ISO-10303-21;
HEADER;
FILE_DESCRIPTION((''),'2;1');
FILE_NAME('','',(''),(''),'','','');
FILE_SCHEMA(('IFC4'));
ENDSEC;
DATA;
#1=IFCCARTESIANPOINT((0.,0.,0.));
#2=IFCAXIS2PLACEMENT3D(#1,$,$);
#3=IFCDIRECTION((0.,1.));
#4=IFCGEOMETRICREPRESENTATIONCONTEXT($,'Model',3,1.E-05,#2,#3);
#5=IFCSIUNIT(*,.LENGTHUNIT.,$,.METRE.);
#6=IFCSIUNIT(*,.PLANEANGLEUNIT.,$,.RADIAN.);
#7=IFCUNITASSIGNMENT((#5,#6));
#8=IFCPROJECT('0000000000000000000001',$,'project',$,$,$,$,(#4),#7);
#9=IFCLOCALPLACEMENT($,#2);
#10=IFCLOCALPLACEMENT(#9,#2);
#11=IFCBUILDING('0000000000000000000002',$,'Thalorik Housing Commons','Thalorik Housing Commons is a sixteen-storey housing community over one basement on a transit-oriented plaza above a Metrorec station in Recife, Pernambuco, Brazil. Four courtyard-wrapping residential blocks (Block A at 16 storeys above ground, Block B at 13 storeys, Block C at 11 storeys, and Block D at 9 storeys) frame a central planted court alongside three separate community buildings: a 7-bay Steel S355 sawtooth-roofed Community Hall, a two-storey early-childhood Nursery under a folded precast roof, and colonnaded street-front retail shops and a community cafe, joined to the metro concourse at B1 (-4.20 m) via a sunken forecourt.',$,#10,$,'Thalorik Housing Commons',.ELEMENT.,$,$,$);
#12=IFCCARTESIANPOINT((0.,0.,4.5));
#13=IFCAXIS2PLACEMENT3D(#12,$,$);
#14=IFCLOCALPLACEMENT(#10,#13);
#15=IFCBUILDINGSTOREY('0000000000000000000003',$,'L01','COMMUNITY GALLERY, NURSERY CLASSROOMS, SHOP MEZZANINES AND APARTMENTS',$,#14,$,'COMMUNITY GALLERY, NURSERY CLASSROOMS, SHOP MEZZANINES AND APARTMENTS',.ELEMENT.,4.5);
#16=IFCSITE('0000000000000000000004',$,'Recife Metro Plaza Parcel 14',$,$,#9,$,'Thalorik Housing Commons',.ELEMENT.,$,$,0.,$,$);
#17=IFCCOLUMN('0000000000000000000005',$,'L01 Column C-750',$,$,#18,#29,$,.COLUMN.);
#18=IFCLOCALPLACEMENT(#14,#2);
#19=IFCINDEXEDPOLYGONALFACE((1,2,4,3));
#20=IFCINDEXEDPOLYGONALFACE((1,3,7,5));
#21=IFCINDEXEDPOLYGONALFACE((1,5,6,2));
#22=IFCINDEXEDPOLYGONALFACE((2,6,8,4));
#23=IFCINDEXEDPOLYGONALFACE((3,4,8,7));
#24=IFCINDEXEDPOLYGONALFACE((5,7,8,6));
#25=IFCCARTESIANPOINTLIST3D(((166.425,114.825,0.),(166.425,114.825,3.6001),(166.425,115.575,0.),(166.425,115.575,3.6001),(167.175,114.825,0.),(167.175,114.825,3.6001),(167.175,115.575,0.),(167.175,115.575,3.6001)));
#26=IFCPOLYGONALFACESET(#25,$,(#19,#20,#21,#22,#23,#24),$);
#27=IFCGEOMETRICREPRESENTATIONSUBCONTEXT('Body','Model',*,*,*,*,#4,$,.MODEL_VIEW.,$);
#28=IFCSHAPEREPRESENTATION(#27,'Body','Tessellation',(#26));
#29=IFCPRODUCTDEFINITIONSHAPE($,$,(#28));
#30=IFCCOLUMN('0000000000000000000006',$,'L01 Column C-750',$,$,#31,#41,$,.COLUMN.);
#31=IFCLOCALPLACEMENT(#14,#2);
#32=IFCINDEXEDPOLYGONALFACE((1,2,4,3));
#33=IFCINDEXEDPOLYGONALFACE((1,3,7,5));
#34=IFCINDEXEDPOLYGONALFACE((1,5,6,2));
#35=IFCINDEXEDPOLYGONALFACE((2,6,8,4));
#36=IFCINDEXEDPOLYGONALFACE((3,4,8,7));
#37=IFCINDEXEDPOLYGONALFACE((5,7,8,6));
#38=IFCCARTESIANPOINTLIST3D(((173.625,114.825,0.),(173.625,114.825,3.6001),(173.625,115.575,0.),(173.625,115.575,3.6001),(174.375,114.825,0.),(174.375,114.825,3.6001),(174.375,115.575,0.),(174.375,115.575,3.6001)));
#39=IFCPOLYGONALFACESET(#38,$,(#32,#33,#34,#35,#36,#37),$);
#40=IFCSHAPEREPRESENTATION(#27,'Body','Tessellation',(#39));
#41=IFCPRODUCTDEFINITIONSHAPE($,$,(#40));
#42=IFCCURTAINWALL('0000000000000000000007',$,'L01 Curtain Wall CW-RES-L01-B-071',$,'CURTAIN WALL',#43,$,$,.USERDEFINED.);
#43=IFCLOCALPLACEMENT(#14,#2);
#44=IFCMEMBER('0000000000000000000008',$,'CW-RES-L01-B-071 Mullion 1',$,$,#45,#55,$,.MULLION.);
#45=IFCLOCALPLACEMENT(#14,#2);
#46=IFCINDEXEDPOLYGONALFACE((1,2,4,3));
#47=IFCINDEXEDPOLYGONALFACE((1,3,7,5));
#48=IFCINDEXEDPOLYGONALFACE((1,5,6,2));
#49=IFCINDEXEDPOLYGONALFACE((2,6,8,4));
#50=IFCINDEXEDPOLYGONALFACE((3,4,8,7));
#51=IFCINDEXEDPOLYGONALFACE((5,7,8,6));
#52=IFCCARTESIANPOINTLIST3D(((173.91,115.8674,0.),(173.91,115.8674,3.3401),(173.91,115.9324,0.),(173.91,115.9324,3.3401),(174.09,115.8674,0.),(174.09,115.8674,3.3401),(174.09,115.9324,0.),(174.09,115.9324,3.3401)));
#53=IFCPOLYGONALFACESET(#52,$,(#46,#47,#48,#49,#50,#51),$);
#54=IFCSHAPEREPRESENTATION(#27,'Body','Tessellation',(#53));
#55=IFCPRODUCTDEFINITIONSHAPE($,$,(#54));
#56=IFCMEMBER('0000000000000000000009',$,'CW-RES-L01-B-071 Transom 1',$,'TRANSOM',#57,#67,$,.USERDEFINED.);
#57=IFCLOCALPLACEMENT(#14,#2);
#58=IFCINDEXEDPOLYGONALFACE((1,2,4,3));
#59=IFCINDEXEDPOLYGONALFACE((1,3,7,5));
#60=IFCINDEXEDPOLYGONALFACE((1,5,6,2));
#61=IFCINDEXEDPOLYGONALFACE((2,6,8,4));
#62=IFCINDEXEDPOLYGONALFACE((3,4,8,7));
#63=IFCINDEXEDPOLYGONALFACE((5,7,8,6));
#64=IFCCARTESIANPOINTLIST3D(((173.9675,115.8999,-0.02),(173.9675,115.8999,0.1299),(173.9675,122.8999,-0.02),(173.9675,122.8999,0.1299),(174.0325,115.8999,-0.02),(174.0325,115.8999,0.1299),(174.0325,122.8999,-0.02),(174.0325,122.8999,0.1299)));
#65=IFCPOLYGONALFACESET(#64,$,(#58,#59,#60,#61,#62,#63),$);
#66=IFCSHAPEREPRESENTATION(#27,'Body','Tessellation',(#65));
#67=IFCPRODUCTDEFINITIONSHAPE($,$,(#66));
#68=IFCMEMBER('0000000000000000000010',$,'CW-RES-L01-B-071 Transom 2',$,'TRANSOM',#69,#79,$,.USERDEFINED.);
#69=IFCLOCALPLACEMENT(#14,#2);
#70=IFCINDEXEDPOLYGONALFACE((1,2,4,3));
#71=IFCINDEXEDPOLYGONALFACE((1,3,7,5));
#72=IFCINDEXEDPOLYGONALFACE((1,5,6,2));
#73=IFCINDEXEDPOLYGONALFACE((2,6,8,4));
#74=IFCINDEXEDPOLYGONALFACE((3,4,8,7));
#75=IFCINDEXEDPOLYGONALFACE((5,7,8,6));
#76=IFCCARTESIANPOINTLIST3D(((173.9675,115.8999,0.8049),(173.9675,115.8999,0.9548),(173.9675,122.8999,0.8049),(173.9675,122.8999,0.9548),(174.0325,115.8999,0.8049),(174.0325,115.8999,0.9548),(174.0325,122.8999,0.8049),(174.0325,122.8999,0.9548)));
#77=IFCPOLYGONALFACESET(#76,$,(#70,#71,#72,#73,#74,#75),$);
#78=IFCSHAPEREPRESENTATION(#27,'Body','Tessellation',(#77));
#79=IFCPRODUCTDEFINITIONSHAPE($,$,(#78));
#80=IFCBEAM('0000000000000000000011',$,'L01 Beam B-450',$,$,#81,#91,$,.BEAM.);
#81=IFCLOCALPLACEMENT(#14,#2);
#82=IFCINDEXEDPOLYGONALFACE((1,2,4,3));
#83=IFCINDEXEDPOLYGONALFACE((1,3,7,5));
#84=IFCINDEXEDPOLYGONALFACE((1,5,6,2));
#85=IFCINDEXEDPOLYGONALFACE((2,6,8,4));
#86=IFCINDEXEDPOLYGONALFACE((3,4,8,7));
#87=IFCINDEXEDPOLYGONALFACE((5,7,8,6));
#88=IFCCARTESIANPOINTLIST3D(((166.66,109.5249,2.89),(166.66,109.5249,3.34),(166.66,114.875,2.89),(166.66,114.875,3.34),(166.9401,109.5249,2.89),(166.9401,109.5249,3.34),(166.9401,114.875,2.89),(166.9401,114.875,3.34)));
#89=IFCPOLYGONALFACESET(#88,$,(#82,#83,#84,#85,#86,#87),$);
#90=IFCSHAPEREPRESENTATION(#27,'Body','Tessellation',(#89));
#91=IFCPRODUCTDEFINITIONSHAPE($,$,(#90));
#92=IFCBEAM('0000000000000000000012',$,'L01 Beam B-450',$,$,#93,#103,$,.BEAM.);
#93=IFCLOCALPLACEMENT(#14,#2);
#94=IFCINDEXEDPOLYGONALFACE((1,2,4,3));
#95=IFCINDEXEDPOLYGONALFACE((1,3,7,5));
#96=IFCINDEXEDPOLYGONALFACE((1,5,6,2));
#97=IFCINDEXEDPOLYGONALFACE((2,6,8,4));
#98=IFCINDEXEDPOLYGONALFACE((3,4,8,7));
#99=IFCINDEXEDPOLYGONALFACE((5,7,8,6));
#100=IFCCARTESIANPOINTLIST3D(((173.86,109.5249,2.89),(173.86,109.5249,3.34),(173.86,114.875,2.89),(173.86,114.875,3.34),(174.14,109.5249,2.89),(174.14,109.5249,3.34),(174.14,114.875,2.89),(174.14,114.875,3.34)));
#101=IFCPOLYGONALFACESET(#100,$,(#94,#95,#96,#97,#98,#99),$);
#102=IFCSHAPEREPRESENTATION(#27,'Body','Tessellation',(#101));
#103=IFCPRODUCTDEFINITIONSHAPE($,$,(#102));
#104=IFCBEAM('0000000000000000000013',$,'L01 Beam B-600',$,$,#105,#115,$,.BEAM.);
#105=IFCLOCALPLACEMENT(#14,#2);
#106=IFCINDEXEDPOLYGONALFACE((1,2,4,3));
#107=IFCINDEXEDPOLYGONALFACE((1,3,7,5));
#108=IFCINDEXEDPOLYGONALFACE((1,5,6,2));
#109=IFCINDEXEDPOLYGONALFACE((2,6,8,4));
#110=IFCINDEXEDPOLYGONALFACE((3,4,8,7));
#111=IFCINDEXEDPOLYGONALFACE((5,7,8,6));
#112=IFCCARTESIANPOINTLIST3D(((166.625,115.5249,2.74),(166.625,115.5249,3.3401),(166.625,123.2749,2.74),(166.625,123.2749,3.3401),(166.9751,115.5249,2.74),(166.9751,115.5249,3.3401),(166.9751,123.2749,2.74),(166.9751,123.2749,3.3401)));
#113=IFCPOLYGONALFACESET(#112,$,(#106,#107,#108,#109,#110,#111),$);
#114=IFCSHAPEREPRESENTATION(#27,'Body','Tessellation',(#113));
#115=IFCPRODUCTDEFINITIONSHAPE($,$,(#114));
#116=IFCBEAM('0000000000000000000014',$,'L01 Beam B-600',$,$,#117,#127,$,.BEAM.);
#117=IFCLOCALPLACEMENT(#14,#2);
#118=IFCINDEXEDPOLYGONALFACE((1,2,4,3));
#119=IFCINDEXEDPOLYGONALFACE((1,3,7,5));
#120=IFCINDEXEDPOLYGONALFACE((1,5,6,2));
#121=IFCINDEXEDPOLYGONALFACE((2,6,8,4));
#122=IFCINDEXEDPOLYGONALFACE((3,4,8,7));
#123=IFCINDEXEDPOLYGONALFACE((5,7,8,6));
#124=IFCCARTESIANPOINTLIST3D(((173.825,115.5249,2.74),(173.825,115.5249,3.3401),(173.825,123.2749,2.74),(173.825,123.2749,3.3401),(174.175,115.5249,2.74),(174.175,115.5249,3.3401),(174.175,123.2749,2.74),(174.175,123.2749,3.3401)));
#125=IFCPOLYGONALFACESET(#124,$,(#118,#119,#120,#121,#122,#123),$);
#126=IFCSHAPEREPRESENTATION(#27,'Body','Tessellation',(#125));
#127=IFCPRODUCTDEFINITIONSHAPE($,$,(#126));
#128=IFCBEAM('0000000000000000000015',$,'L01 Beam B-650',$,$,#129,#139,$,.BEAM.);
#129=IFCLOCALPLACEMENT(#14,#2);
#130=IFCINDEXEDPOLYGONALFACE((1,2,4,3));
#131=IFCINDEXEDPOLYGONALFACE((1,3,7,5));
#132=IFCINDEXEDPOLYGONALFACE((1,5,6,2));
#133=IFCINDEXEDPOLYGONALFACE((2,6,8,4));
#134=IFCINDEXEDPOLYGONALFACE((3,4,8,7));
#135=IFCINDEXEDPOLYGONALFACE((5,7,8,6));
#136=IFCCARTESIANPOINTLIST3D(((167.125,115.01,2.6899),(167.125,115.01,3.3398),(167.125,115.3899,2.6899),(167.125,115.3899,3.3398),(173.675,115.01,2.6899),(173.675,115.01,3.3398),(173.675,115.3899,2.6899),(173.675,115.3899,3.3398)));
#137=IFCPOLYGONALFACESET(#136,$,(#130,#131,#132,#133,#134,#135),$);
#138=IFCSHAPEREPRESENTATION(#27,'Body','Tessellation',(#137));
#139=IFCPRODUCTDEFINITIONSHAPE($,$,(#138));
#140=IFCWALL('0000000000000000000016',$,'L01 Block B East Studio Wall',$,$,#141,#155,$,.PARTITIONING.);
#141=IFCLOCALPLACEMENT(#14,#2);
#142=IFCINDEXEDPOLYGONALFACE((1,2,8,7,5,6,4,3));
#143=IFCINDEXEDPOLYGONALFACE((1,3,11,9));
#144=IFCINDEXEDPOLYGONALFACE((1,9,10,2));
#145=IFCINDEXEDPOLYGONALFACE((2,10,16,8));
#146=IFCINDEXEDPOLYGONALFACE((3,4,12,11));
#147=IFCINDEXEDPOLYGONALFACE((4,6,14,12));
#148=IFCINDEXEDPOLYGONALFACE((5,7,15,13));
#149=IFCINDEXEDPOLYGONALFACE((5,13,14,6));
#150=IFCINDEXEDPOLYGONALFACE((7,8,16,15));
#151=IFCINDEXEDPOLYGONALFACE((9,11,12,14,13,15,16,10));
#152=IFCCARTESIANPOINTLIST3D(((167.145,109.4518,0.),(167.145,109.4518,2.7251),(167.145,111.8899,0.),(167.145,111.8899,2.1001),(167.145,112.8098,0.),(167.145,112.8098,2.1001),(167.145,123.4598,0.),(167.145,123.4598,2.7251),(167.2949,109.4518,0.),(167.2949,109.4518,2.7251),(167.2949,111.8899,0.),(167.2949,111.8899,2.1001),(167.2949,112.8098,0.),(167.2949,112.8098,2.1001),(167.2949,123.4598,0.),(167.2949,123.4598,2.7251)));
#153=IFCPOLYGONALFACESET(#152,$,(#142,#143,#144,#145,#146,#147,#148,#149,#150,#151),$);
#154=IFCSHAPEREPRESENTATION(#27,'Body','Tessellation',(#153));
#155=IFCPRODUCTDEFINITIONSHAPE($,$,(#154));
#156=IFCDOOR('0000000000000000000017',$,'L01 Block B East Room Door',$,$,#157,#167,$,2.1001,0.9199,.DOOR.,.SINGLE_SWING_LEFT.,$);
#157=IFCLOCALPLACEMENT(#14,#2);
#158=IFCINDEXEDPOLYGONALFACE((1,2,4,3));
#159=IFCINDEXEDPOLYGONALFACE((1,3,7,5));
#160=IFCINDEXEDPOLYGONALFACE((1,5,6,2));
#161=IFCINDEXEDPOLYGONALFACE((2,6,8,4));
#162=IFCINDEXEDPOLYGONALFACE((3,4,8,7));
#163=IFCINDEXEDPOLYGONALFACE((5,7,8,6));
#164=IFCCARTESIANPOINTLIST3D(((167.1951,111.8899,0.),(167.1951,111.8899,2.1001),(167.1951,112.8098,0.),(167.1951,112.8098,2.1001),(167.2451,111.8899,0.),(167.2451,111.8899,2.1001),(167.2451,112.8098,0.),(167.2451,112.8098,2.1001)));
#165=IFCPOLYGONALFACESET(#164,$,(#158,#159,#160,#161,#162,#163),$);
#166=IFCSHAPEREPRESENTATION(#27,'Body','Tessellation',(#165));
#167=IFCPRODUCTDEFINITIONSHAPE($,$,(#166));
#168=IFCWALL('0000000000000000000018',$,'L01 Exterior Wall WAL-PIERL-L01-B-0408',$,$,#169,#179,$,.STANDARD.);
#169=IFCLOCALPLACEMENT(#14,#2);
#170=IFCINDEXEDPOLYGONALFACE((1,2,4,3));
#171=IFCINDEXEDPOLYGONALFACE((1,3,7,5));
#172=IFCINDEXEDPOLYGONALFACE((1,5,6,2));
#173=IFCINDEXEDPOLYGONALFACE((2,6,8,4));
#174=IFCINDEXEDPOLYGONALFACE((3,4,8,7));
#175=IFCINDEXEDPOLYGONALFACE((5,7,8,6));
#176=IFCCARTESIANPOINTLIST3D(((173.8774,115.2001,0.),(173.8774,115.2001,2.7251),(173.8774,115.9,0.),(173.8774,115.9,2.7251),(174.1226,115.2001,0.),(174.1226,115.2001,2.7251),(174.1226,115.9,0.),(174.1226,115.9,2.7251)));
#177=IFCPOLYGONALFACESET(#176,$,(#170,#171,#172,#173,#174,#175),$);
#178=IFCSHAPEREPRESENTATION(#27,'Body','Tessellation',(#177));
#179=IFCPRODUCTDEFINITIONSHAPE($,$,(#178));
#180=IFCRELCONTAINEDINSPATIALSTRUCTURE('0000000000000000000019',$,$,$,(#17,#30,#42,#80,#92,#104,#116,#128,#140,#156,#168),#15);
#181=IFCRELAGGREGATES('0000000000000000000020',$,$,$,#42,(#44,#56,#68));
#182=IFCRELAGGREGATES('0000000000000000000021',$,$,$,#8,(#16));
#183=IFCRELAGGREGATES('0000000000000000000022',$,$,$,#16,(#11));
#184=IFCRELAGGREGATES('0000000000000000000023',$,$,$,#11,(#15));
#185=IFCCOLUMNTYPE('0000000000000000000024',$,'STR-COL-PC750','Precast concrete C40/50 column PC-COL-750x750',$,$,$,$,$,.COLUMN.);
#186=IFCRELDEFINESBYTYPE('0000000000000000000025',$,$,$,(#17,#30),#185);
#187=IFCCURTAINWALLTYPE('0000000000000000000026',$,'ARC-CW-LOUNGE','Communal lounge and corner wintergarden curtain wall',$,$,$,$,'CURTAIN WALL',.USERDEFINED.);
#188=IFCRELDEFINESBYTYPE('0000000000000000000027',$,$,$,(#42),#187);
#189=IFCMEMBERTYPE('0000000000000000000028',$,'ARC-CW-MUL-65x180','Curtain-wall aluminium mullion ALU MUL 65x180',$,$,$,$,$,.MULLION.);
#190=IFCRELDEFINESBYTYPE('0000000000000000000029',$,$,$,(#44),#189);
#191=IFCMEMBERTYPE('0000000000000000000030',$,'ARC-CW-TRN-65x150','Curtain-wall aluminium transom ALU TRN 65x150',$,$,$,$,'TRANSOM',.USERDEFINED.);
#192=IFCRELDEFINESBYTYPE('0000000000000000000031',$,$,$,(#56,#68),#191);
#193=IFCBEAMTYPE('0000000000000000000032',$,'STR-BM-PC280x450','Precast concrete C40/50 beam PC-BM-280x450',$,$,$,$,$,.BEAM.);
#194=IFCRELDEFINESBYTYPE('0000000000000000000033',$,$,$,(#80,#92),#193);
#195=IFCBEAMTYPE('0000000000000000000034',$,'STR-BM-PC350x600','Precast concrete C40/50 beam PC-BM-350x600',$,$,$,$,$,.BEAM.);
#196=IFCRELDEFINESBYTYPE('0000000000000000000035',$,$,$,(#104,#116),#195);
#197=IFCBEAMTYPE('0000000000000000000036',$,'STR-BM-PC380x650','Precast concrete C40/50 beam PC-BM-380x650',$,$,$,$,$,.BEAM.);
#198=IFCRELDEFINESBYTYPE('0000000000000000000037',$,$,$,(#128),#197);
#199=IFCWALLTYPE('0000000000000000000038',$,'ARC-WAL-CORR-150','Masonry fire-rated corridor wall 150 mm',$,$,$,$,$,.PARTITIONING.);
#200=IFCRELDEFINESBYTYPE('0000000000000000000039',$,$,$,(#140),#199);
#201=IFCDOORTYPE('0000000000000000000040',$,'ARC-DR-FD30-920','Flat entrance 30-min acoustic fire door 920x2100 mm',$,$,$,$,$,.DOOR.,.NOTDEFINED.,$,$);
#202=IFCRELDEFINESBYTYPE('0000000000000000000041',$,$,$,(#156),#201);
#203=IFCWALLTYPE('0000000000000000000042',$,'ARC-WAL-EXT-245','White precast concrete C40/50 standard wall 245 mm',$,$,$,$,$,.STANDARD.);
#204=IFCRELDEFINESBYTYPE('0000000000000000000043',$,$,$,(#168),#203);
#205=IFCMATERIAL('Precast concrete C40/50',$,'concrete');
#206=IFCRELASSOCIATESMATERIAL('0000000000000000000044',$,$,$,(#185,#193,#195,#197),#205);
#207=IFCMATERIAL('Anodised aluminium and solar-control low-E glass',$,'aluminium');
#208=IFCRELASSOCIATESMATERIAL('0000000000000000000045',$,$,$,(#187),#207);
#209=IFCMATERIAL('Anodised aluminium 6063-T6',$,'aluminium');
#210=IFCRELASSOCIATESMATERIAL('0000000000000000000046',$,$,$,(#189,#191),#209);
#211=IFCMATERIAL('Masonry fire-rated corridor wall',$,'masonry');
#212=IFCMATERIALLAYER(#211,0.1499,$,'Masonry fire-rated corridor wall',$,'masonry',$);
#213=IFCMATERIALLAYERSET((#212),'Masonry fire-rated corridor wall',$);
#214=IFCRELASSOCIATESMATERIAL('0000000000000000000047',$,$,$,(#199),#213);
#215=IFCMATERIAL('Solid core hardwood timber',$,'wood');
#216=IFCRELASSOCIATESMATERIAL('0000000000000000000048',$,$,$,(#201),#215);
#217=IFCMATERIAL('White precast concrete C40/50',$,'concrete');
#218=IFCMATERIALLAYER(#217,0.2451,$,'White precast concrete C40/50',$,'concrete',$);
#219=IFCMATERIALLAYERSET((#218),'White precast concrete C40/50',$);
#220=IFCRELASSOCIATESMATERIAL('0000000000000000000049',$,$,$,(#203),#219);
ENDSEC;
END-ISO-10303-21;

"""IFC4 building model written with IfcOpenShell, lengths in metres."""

from ifc_helpers import new_model, si_unit, direction, frame, frame_2d, origin, origin_2d, place, context, subcontext, project, spatial, rectangle, extrude, material, layer, layer_set, material_profile, profile_set, type_object, element, fill, aggregate, save


model = new_model("IFC4")

# Units and contexts
model_context = context("Model", 3, precision=1e-05, world=origin(), true_north=direction((0.0, 1.0)))
body_context = subcontext(model_context, "Body", "Model", "MODEL_VIEW")
ifc_project = project(units=[si_unit("LENGTHUNIT", "METRE"), si_unit("PLANEANGLEUNIT", "RADIAN")], contexts=[model_context])

# Site, building, storey
site_placement = place(None, origin())
site = spatial("IfcSite", under=ifc_project, at=site_placement, Name="Recife Metro Plaza Parcel 14", LongName="Thalorik Housing Commons", CompositionType="ELEMENT", RefElevation=0.0)
building_placement = place(site_placement, origin())
building = spatial("IfcBuilding", under=site, at=building_placement, Name="Thalorik Housing Commons", Description="Thalorik Housing Commons is a sixteen-storey housing community over one basement on a transit-oriented plaza above a Metrorec station in Recife, Pernambuco, Brazil. Four courtyard-wrapping residential blocks (Block A at 16 storeys above ground, Block B at 13 storeys, Block C at 11 storeys, and Block D at 9 storeys) frame a central planted court alongside three separate community buildings: a 7-bay Steel S355 sawtooth-roofed Community Hall, a two-storey early-childhood Nursery under a folded precast roof, and colonnaded street-front retail shops and a community cafe, joined to the metro concourse at B1 (-4.20 m) via a sunken forecourt.", LongName="Thalorik Housing Commons", CompositionType="ELEMENT")
storey_placement = place(building_placement, frame((0.0, 0.0, 4.5)))
storey = spatial("IfcBuildingStorey", under=building, at=storey_placement, Name="L01", Description="COMMUNITY GALLERY, NURSERY CLASSROOMS, SHOP MEZZANINES AND APARTMENTS", LongName="COMMUNITY GALLERY, NURSERY CLASSROOMS, SHOP MEZZANINES AND APARTMENTS", CompositionType="ELEMENT", Elevation=4.5)

# Columns
ifc_material_1 = material(Name="Precast concrete C40/50", Category="concrete")
ifc_material_profile_1 = material_profile(ifc_material_1, rectangle(XDim=0.75, YDim=0.75, at=origin_2d()), Name="PC 750x750", Category="concrete")
ifc_profile_set_1 = profile_set([ifc_material_profile_1], Name="Precast concrete C40/50")
column_type = type_object("IfcColumnType", Name="STR-COL-PC750", Description="Precast concrete C40/50 column PC-COL-750x750", PredefinedType="COLUMN", material=ifc_profile_set_1)
for number, where, z_axis, x_axis, name in (
    (1, (166.8, 115.2, 0.0), (0.0, 0.0, 1.0), (1.0, 0.0, 0.0), "L01 Column C-750"),
    (2, (174.0, 115.2, 0.0), (0.0, 0.0, 1.0), (1.0, 0.0, 0.0), "L01 Column C-750"),
):
    element("IfcColumn", number, at=place(storey_placement, frame(where, z_axis=z_axis, x_axis=x_axis)), inside=storey, type_object=column_type, Name=name, PredefinedType="COLUMN", context=body_context, shape_type="SweptSolid", body=[
        extrude(rectangle(XDim=0.75, YDim=0.75, at=origin_2d()), origin(), (0.0, 0.0, 1.0), 3.6001),
    ])

# Curtain wall, members
ifc_material_2 = material(Name="Anodised aluminium and solar-control low-E glass", Category="aluminium")
curtain_wall_type = type_object("IfcCurtainWallType", Name="ARC-CW-LOUNGE", Description="Communal lounge and corner wintergarden curtain wall", ElementType="CURTAIN WALL", PredefinedType="USERDEFINED", material=ifc_material_2)
curtain_wall_placement = place(storey_placement, origin())
curtain_wall = element("IfcCurtainWall", 3, at=curtain_wall_placement, inside=storey, type_object=curtain_wall_type, Name="L01 Curtain Wall CW-RES-L01-B-071", ObjectType="CURTAIN WALL", PredefinedType="USERDEFINED")
ifc_material_3 = material(Name="Anodised aluminium 6063-T6", Category="aluminium")
ifc_material_profile_2 = material_profile(ifc_material_3, rectangle(XDim=0.0649, YDim=0.1799, at=origin_2d()), Name="ALU MUL 65x180", Category="aluminium")
ifc_profile_set_2 = profile_set([ifc_material_profile_2], Name="Anodised aluminium 6063-T6")
member_type_1 = type_object("IfcMemberType", Name="ARC-CW-MUL-65x180", Description="Curtain-wall aluminium mullion ALU MUL 65x180", PredefinedType="MULLION", material=ifc_profile_set_2)
member_1_placement = place(storey_placement, frame((174.0, 115.8999, 0.0), z_axis=(0.0, 0.0, 1.0), x_axis=(0.0, 1.0, 0.0)))
member_1 = element("IfcMember", 4, at=member_1_placement, type_object=member_type_1, Name="CW-RES-L01-B-071 Mullion 1", PredefinedType="MULLION", context=body_context, shape_type="SweptSolid", body=[
    extrude(rectangle(XDim=0.0649, YDim=0.1799, at=origin_2d()), origin(), (0.0, 0.0, 1.0), 3.3401),
])
ifc_material_profile_3 = material_profile(ifc_material_3, rectangle(XDim=0.0649, YDim=0.1499, at=origin_2d()), Name="ALU TRN 65x150", Category="aluminium")
ifc_profile_set_3 = profile_set([ifc_material_profile_3], Name="Anodised aluminium 6063-T6")
member_type_2 = type_object("IfcMemberType", Name="ARC-CW-TRN-65x150", Description="Curtain-wall aluminium transom ALU TRN 65x150", ElementType="TRANSOM", PredefinedType="USERDEFINED", material=ifc_profile_set_3)
member_2_placement = place(storey_placement, frame((174.0, 115.8999, 0.0549), z_axis=(0.0, 1.0, 0.0), x_axis=(-1.0, 0.0, 0.0)))
member_2 = element("IfcMember", 5, at=member_2_placement, type_object=member_type_2, Name="CW-RES-L01-B-071 Transom 1", ObjectType="TRANSOM", PredefinedType="USERDEFINED", context=body_context, shape_type="SweptSolid", body=[
    extrude(rectangle(XDim=0.0649, YDim=0.1499, at=origin_2d()), origin(), (0.0, 0.0, 1.0), 7.0),
])
member_3_placement = place(storey_placement, frame((174.0, 115.8999, 0.8799), z_axis=(0.0, 1.0, 0.0), x_axis=(-1.0, 0.0, 0.0)))
member_3 = element("IfcMember", 6, at=member_3_placement, type_object=member_type_2, Name="CW-RES-L01-B-071 Transom 2", ObjectType="TRANSOM", PredefinedType="USERDEFINED", context=body_context, shape_type="SweptSolid", body=[
    extrude(rectangle(XDim=0.0649, YDim=0.1499, at=origin_2d()), origin(), (0.0, 0.0, 1.0), 7.0),
])
aggregate(curtain_wall, [member_1, member_2, member_3])

# Beams
ifc_material_profile_4 = material_profile(ifc_material_1, rectangle(XDim=0.28, YDim=0.45, at=origin_2d()), Name="PC 280x450", Category="concrete")
ifc_profile_set_4 = profile_set([ifc_material_profile_4], Name="Precast concrete C40/50")
beam_type_1 = type_object("IfcBeamType", Name="STR-BM-PC280x450", Description="Precast concrete C40/50 beam PC-BM-280x450", PredefinedType="BEAM", material=ifc_profile_set_4)
for number, where, z_axis, x_axis, name in (
    (7, (166.8, 109.5249, 3.115), (0.0, 1.0, 0.0), (-1.0, 0.0, 0.0), "L01 Beam B-450"),
    (8, (174.0, 109.5249, 3.115), (0.0, 1.0, 0.0), (-1.0, 0.0, 0.0), "L01 Beam B-450"),
):
    element("IfcBeam", number, at=place(storey_placement, frame(where, z_axis=z_axis, x_axis=x_axis)), inside=storey, type_object=beam_type_1, Name=name, PredefinedType="BEAM", context=body_context, shape_type="SweptSolid", body=[
        extrude(rectangle(XDim=0.28, YDim=0.45, at=origin_2d()), origin(), (0.0, 0.0, 1.0), 5.3501),
    ])
ifc_material_profile_5 = material_profile(ifc_material_1, rectangle(XDim=0.3501, YDim=0.6001, at=origin_2d()), Name="PC 350x600", Category="concrete")
ifc_profile_set_5 = profile_set([ifc_material_profile_5], Name="Precast concrete C40/50")
beam_type_2 = type_object("IfcBeamType", Name="STR-BM-PC350x600", Description="Precast concrete C40/50 beam PC-BM-350x600", PredefinedType="BEAM", material=ifc_profile_set_5)
for number, where, z_axis, x_axis, name in (
    (9, (166.8, 115.5249, 3.04), (0.0, 1.0, 0.0), (-1.0, 0.0, 0.0), "L01 Beam B-600"),
    (10, (174.0, 115.5249, 3.04), (0.0, 1.0, 0.0), (-1.0, 0.0, 0.0), "L01 Beam B-600"),
):
    element("IfcBeam", number, at=place(storey_placement, frame(where, z_axis=z_axis, x_axis=x_axis)), inside=storey, type_object=beam_type_2, Name=name, PredefinedType="BEAM", context=body_context, shape_type="SweptSolid", body=[
        extrude(rectangle(XDim=0.3501, YDim=0.6001, at=origin_2d()), origin(), (0.0, 0.0, 1.0), 7.75),
    ])
ifc_material_profile_6 = material_profile(ifc_material_1, rectangle(XDim=0.3799, YDim=0.6499, at=origin_2d()), Name="PC 380x650", Category="concrete")
ifc_profile_set_6 = profile_set([ifc_material_profile_6], Name="Precast concrete C40/50")
beam_type_3 = type_object("IfcBeamType", Name="STR-BM-PC380x650", Description="Precast concrete C40/50 beam PC-BM-380x650", PredefinedType="BEAM", material=ifc_profile_set_6)
beam_placement = place(storey_placement, frame((167.125, 115.2, 3.0149), z_axis=(1.0, 0.0, 0.0), x_axis=(0.0, 1.0, 0.0)))
element("IfcBeam", 11, at=beam_placement, inside=storey, type_object=beam_type_3, Name="L01 Beam B-650", PredefinedType="BEAM", context=body_context, shape_type="SweptSolid", body=[
    extrude(rectangle(XDim=0.3799, YDim=0.6499, at=origin_2d()), origin(), (0.0, 0.0, 1.0), 6.55),
])

# Wall, opening, door
ifc_material_4 = material(Name="Masonry fire-rated corridor wall", Category="masonry")
ifc_layer_1 = layer(ifc_material_4, 0.1499, Name="Masonry fire-rated corridor wall", Category="masonry")
ifc_layer_set_1 = layer_set([ifc_layer_1], Name="Masonry fire-rated corridor wall")
wall_type_1 = type_object("IfcWallType", Name="ARC-WAL-CORR-150", Description="Masonry fire-rated corridor wall 150 mm", PredefinedType="PARTITIONING", material=ifc_layer_set_1)
wall_1_placement = place(storey_placement, frame((167.22, 109.4519, 0.0), z_axis=(0.0, 0.0, 1.0), x_axis=(0.0, 1.0, 0.0)))
wall_1 = element("IfcWall", 12, at=wall_1_placement, inside=storey, type_object=wall_type_1, Name="L01 Block B East Studio Wall", PredefinedType="PARTITIONING", context=body_context, shape_type="SweptSolid", body=[
    extrude(rectangle(XDim=14.0081, YDim=0.1499, at=frame_2d((7.0039, 0.0))), origin(), (0.0, 0.0, 1.0), 2.7251),
])
opening_1_placement = place(wall_1_placement, frame((2.438, 0.0, 0.0)))
opening_1 = element("IfcOpeningElement", 13, at=opening_1_placement, cuts=wall_1, PredefinedType="OPENING", context=body_context, shape_type="SweptSolid", body=[
    extrude(rectangle(XDim=0.9199, YDim=2.1001, at=frame_2d((0.46, 1.05))), frame((0.0, 0.085, 0.0), z_axis=(0.0, -1.0, 0.0), x_axis=(1.0, 0.0, 0.0)), (0.0, 0.0, 1.0), 0.1699),
])
ifc_material_5 = material(Name="Solid core hardwood timber", Category="wood")
door_type_1 = type_object("IfcDoorType", Name="ARC-DR-FD30-920", Description="Flat entrance 30-min acoustic fire door 920x2100 mm", OperationType="NOTDEFINED", PredefinedType="DOOR", material=ifc_material_5)
door_1_placement = place(opening_1_placement, origin())
door_1 = element("IfcDoor", 14, at=door_1_placement, inside=storey, type_object=door_type_1, Name="L01 Block B East Room Door", OperationType="SINGLE_SWING_LEFT", OverallHeight=2.1001, OverallWidth=0.9199, PredefinedType="DOOR", context=body_context, shape_type="SweptSolid", body=[
    extrude(rectangle(XDim=0.9199, YDim=2.1001, at=frame_2d((0.46, 1.05))), frame((0.0, 0.0249, 0.0), z_axis=(0.0, -1.0, 0.0), x_axis=(1.0, 0.0, 0.0)), (0.0, 0.0, 1.0), 0.05),
])
fill(opening_1, door_1)

# Wall
ifc_material_6 = material(Name="White precast concrete C40/50", Category="concrete")
ifc_layer_2 = layer(ifc_material_6, 0.2451, Name="White precast concrete C40/50", Category="concrete")
ifc_layer_set_2 = layer_set([ifc_layer_2], Name="White precast concrete C40/50")
wall_type_2 = type_object("IfcWallType", Name="ARC-WAL-EXT-245", Description="White precast concrete C40/50 standard wall 245 mm", PredefinedType="STANDARD", material=ifc_layer_set_2)
wall_2_placement = place(storey_placement, frame((174.0, 115.2, 0.0), z_axis=(0.0, 0.0, 1.0), x_axis=(0.0, 1.0, 0.0)))
element("IfcWall", 15, at=wall_2_placement, inside=storey, type_object=wall_type_2, Name="L01 Exterior Wall WAL-PIERL-L01-B-0408", PredefinedType="STANDARD", context=body_context, shape_type="SweptSolid", body=[
    extrude(rectangle(XDim=0.7, YDim=0.2451, at=frame_2d((0.3501, 0.0))), origin(), (0.0, 0.0, 1.0), 2.7251),
])

save(model, "model.ifc")
